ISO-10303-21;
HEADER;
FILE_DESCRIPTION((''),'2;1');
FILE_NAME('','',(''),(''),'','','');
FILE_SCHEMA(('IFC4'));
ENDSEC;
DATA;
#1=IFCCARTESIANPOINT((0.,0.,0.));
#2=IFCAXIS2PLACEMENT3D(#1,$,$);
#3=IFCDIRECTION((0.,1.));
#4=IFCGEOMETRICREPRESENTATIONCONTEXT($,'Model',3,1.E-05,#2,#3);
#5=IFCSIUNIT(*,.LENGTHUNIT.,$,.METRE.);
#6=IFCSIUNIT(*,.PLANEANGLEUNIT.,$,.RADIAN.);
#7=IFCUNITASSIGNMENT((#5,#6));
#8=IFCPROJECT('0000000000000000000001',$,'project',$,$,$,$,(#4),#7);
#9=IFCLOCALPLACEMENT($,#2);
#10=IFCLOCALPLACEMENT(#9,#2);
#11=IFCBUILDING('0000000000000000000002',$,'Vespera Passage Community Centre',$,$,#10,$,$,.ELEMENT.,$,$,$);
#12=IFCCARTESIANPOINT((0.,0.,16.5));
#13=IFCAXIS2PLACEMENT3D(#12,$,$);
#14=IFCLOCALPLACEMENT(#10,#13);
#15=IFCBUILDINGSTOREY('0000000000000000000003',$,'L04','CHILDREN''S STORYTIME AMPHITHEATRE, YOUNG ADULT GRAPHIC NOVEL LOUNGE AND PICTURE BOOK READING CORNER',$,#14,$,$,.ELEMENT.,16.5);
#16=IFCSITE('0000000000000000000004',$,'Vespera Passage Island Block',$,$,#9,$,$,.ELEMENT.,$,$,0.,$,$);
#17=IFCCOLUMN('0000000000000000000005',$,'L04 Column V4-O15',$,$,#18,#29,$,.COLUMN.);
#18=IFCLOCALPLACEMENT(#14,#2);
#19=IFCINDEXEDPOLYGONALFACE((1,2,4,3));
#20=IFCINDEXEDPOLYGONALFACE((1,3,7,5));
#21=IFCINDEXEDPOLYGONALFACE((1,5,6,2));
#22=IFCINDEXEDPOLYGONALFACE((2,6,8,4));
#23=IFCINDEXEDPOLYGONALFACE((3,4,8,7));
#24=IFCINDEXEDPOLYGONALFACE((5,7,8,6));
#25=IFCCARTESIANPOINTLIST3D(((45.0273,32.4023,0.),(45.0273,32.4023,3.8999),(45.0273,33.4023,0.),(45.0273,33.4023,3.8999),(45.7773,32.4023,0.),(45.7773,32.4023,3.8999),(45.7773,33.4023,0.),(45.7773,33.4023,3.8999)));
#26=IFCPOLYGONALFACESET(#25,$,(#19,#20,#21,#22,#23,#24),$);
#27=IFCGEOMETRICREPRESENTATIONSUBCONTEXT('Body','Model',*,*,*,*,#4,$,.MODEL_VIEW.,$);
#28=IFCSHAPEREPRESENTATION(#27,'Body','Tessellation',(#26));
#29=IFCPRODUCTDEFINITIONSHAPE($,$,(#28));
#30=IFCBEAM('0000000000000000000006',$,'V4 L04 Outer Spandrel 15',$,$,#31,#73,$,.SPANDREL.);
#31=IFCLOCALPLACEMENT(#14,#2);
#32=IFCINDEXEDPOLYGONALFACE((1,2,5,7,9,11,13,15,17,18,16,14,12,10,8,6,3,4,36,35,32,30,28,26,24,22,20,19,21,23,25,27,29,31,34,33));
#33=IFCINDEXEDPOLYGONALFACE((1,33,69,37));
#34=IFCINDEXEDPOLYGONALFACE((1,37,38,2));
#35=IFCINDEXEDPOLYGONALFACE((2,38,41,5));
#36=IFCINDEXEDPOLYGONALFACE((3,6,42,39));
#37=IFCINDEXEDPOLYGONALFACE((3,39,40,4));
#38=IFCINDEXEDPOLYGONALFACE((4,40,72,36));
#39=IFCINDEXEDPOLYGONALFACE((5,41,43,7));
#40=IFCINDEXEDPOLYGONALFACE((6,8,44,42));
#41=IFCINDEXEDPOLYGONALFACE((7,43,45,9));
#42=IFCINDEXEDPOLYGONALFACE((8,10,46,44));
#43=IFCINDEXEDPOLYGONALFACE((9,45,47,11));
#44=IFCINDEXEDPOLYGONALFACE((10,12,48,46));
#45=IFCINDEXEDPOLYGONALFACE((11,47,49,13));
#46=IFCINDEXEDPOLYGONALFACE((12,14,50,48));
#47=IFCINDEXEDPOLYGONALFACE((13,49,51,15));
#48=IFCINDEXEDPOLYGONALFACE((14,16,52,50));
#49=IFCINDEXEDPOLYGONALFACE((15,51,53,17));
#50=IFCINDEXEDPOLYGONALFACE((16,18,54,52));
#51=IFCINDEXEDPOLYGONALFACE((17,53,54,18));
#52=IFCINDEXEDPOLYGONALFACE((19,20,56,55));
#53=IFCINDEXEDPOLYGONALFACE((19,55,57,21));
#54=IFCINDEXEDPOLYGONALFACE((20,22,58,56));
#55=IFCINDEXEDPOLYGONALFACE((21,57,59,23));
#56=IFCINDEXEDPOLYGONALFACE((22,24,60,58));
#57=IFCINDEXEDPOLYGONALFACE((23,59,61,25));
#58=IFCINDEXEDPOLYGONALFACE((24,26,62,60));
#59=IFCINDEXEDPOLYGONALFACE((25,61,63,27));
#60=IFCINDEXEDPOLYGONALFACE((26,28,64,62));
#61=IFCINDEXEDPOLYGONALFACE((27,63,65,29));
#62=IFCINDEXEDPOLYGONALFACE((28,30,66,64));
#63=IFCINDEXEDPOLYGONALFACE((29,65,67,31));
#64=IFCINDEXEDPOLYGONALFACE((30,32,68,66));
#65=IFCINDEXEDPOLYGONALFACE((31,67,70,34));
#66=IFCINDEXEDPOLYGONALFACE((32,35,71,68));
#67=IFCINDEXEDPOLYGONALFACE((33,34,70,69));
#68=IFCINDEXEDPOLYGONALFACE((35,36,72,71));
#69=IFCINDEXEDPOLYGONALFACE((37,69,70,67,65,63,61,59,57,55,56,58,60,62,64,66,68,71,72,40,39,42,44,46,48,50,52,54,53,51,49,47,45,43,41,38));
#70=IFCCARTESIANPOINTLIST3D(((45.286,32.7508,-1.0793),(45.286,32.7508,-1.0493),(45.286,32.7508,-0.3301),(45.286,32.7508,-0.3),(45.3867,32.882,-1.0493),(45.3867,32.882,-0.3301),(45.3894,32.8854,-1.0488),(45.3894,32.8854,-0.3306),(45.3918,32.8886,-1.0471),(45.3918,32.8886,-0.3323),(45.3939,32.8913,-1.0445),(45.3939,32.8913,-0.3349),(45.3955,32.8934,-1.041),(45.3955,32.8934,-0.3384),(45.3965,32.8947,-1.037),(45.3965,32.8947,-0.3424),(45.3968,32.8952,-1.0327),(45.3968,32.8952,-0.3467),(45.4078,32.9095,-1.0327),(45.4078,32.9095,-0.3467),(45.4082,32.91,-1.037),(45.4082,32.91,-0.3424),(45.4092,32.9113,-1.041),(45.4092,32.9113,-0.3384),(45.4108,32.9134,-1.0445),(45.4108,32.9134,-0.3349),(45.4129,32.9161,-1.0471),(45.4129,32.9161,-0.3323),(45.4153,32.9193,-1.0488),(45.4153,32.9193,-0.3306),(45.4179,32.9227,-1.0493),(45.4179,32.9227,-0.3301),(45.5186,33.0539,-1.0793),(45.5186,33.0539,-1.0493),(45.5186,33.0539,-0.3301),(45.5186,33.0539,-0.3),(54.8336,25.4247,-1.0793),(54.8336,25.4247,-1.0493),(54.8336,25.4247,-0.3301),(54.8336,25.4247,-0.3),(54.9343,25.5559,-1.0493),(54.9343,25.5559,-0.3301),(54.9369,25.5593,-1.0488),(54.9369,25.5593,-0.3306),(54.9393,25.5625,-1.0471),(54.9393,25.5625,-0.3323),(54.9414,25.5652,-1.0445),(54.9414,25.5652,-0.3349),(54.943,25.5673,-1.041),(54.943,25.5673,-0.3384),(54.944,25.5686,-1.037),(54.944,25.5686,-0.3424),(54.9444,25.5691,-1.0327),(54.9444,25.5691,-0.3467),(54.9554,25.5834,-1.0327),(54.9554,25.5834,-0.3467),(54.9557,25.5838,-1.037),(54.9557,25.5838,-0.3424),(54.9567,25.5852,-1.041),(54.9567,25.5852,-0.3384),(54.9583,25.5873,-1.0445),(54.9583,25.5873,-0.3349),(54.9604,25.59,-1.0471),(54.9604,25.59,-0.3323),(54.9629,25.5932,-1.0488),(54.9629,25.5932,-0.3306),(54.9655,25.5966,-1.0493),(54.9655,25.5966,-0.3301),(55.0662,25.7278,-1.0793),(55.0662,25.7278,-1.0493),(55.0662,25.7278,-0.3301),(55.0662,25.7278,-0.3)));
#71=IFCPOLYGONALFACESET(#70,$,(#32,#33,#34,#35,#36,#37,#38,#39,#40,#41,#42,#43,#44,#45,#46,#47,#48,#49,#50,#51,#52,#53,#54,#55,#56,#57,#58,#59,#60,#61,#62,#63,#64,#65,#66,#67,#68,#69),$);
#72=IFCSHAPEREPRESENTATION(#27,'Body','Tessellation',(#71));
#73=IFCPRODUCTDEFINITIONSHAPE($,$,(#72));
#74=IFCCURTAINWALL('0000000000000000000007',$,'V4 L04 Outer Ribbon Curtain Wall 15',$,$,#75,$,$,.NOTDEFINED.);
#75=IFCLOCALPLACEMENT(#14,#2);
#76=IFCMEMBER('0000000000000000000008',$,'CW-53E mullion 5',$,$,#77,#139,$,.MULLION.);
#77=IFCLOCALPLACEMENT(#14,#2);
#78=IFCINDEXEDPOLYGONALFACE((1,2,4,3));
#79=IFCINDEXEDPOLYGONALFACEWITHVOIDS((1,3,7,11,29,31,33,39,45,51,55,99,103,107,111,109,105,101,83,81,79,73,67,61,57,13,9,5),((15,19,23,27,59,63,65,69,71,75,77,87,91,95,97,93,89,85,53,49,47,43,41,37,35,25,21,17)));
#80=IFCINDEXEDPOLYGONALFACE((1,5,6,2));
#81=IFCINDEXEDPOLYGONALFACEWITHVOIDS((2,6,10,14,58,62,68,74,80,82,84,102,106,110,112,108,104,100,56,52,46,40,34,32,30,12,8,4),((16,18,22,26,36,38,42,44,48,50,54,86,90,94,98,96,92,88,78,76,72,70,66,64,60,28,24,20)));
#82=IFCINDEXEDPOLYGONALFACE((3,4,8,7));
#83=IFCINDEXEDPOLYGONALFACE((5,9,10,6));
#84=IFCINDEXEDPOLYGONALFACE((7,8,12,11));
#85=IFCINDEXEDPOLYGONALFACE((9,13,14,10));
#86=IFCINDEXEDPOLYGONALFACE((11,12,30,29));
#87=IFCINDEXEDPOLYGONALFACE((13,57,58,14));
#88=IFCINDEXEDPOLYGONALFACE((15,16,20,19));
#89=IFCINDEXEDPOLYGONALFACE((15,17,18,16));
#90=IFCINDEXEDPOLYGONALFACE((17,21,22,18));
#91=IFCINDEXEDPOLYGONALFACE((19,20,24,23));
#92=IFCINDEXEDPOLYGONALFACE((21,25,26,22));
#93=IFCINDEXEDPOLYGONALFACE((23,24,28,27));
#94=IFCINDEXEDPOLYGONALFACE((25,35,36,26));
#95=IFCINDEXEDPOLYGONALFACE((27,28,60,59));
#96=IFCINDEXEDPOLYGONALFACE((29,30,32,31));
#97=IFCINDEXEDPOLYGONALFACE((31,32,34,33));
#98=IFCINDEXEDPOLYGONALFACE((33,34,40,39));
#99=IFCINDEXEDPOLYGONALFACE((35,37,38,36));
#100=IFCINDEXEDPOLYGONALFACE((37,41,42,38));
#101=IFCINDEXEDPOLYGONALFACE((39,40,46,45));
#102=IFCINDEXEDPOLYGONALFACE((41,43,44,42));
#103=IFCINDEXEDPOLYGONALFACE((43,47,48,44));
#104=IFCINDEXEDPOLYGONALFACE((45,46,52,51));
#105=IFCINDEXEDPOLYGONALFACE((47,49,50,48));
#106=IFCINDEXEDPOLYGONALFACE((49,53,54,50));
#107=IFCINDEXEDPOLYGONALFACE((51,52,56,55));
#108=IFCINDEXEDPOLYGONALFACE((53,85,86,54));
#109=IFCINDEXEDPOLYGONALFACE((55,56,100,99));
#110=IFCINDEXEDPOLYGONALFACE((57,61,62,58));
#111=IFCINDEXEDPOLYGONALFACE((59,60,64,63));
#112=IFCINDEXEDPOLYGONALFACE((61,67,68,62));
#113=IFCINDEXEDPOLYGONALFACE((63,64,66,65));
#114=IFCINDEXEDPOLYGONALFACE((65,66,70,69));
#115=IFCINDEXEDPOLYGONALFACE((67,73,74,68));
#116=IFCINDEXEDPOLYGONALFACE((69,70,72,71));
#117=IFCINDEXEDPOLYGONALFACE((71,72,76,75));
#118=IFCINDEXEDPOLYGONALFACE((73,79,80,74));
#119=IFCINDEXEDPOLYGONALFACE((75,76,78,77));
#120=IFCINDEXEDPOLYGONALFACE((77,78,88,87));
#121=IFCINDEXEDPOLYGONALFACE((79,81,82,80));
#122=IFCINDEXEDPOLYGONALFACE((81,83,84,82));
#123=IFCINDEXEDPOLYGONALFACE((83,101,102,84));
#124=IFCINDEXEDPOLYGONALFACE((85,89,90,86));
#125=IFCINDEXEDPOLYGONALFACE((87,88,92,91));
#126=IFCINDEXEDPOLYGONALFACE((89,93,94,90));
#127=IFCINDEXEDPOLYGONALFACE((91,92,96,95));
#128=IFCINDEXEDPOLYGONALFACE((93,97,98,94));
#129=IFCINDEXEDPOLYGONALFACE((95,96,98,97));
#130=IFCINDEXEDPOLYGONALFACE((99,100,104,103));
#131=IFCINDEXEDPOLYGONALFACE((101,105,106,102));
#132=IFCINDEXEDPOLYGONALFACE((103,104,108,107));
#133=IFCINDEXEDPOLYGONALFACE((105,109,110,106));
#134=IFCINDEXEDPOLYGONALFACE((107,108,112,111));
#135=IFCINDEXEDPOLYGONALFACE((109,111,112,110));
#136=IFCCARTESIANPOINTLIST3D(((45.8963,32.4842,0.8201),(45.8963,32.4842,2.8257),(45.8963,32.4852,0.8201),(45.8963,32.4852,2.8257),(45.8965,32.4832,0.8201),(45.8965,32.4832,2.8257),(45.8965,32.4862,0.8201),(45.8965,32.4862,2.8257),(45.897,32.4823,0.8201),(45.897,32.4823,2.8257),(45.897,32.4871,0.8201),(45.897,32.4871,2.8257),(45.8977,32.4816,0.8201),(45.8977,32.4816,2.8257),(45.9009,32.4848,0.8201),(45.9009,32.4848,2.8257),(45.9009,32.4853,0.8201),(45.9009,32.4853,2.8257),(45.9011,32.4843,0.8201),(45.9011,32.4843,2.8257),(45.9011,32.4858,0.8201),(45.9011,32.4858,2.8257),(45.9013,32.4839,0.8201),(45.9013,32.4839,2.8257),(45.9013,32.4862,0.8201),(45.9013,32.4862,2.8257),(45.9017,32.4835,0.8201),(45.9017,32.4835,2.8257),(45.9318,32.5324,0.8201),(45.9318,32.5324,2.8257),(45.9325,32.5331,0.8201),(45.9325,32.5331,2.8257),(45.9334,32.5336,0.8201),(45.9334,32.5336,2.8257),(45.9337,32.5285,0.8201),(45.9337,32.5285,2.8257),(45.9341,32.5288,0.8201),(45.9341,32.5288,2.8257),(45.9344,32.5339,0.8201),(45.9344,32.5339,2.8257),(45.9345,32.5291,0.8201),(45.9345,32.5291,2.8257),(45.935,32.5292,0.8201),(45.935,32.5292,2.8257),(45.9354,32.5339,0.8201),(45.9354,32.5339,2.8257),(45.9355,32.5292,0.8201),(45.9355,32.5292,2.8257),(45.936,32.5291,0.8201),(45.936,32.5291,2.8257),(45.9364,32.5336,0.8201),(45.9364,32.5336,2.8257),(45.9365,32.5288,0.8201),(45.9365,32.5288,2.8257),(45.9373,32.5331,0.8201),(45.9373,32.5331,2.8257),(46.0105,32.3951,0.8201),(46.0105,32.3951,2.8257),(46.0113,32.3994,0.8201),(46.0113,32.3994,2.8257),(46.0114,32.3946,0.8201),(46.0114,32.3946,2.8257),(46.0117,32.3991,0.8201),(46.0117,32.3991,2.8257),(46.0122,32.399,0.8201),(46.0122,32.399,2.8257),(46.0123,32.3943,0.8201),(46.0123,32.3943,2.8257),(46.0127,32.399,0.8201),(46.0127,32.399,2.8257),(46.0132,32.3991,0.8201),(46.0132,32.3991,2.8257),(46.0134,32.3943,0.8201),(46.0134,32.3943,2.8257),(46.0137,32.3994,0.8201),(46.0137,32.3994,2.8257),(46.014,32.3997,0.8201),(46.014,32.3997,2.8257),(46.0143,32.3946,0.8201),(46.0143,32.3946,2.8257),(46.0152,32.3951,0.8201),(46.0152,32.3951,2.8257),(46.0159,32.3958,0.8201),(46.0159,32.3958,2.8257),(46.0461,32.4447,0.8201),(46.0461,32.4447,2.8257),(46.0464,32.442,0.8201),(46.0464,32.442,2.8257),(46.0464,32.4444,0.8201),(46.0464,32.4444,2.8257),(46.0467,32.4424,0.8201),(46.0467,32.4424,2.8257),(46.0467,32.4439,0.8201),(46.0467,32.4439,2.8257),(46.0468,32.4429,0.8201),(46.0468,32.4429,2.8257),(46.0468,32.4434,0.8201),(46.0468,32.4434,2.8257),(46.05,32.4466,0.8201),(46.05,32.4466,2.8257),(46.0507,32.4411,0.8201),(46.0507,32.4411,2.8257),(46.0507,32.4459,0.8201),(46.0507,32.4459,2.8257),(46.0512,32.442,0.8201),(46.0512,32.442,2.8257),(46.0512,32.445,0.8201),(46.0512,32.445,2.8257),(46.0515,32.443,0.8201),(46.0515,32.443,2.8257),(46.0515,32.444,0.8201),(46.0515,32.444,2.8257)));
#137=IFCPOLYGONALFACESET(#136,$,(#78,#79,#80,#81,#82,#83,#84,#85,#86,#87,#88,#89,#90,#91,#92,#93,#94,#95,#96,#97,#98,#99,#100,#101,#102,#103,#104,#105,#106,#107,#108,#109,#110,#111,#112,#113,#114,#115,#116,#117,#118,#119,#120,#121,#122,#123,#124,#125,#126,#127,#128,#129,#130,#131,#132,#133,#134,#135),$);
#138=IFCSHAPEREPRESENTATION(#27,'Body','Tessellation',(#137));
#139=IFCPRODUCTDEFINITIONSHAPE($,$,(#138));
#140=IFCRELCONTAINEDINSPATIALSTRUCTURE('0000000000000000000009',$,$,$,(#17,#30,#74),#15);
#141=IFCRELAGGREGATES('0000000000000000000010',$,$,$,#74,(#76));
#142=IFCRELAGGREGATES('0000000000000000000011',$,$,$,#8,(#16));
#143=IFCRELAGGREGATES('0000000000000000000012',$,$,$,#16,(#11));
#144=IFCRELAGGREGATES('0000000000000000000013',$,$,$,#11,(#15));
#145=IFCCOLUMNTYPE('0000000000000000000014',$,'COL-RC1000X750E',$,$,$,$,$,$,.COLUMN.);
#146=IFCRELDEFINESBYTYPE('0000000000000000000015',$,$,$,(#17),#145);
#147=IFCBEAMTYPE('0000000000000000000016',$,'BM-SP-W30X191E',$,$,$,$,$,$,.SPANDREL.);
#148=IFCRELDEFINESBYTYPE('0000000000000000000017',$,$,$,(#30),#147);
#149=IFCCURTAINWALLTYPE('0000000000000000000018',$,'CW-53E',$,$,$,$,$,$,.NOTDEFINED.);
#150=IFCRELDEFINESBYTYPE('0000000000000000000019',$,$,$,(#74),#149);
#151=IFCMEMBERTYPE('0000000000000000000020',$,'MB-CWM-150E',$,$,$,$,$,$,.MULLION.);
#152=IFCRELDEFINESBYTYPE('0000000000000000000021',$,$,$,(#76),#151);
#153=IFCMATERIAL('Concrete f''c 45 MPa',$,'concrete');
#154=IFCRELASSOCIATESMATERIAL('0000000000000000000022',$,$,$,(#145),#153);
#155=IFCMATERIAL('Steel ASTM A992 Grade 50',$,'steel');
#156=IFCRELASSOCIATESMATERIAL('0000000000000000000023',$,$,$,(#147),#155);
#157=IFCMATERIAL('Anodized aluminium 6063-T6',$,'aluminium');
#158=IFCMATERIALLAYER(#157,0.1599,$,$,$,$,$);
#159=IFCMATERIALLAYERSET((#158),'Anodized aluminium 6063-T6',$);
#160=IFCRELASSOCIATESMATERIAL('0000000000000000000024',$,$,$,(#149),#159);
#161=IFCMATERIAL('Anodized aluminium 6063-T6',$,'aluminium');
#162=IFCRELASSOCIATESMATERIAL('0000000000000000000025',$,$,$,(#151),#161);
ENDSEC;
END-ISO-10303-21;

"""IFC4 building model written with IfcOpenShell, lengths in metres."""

from ifc_helpers import new_model, si_unit, direction, frame, origin, origin_2d, place, context, subcontext, project, spatial, rectangle, hollow_rectangle, i_section, extrude, material, layer, layer_set, material_profile, profile_set, type_object, element, aggregate, save


model = new_model("IFC4")

# Units and contexts
model_context = context("Model", 3, precision=1e-05, world=origin(), true_north=direction((0.0, 1.0)))
body_context = subcontext(model_context, "Body", "Model", "MODEL_VIEW")
ifc_project = project(units=[si_unit("LENGTHUNIT", "METRE"), si_unit("PLANEANGLEUNIT", "RADIAN")], contexts=[model_context])

# Site, building, storey
site_placement = place(None, origin())
site = spatial("IfcSite", under=ifc_project, at=site_placement, Name="Vespera Passage Island Block", CompositionType="ELEMENT", RefElevation=0.0)
building_placement = place(site_placement, origin())
building = spatial("IfcBuilding", under=site, at=building_placement, Name="Vespera Passage Community Centre", CompositionType="ELEMENT")
storey_placement = place(building_placement, frame((0.0, 0.0, 16.5)))
storey = spatial("IfcBuildingStorey", under=building, at=storey_placement, Name="L04", Description="CHILDREN'S STORYTIME AMPHITHEATRE, YOUNG ADULT GRAPHIC NOVEL LOUNGE AND PICTURE BOOK READING CORNER", CompositionType="ELEMENT", Elevation=16.5)

# Column
ifc_material_1 = material(Name="Concrete f'c 45 MPa", Category="concrete")
ifc_material_profile_1 = material_profile(ifc_material_1, rectangle(XDim=0.75, YDim=1.0, at=origin_2d()), Name="RC1000X750")
ifc_profile_set_1 = profile_set([ifc_material_profile_1], Name="Concrete f'c 45 MPa")
column_type = type_object("IfcColumnType", Name="COL-RC1000X750E", PredefinedType="COLUMN", material=ifc_profile_set_1)
column_placement = place(storey_placement, frame((45.4023, 32.9023, 0.0), z_axis=(0.0, 0.0, 1.0), x_axis=(1.0, 0.0, 0.0)))
element("IfcColumn", 1, at=column_placement, inside=storey, type_object=column_type, Name="L04 Column V4-O15", PredefinedType="COLUMN", context=body_context, shape_type="SweptSolid", body=[
    extrude(rectangle(XDim=0.75, YDim=1.0, at=origin_2d()), origin(), (0.0, 0.0, 1.0), 3.8999),
])

# Beam
ifc_material_2 = material(Name="Steel ASTM A992 Grade 50", Category="steel")
ifc_material_profile_2 = material_profile(ifc_material_2, i_section(OverallWidth=0.3821, OverallDepth=0.7793, WebThickness=0.0181, FlangeThickness=0.03, FilletRadius=0.0166, at=origin_2d()), Name="W30X191")
ifc_profile_set_2 = profile_set([ifc_material_profile_2], Name="Steel ASTM A992 Grade 50")
beam_type = type_object("IfcBeamType", Name="BM-SP-W30X191E", PredefinedType="SPANDREL", material=ifc_profile_set_2)
beam_placement = place(storey_placement, frame((45.4023, 32.9023, -0.6897), z_axis=(0.793352, -0.608763, 0.0), x_axis=(0.608763, 0.793352, 0.0)))
element("IfcBeam", 2, at=beam_placement, inside=storey, type_object=beam_type, Name="V4 L04 Outer Spandrel 15", PredefinedType="SPANDREL", context=body_context, shape_type="SweptSolid", body=[
    extrude(i_section(OverallWidth=0.3821, OverallDepth=0.7793, WebThickness=0.0181, FlangeThickness=0.03, FilletRadius=0.0166, at=origin_2d()), origin(), (0.0, 0.0, 1.0), 12.0344),
])

# Curtain wall, member
ifc_material_3 = material(Name="Anodized aluminium 6063-T6", Category="aluminium")
ifc_layer_1 = layer(ifc_material_3, 0.1599)
ifc_layer_set_1 = layer_set([ifc_layer_1], Name="Anodized aluminium 6063-T6")
curtain_wall_type_1 = type_object("IfcCurtainWallType", Name="CW-53E", PredefinedType="NOTDEFINED", material=ifc_layer_set_1)
curtain_wall_1_placement = place(storey_placement, origin())
curtain_wall_1 = element("IfcCurtainWall", 3, at=curtain_wall_1_placement, inside=storey, type_object=curtain_wall_type_1, Name="V4 L04 Outer Ribbon Curtain Wall 15", PredefinedType="NOTDEFINED")
ifc_material_4 = material(Name="Anodized aluminium 6063-T6", Category="aluminium")
ifc_material_profile_3 = material_profile(ifc_material_4, hollow_rectangle(XDim=0.0649, YDim=0.1499, WallThickness=0.0039, InnerFilletRadius=0.002, OuterFilletRadius=0.0039, at=origin_2d()), Name="ALU150X65X4")
ifc_profile_set_3 = profile_set([ifc_material_profile_3], Name="Anodized aluminium 6063-T6")
member_type_1 = type_object("IfcMemberType", Name="MB-CWM-150E", PredefinedType="MULLION", material=ifc_profile_set_3)
member_1_placement = place(storey_placement, frame((45.9739, 32.4641, 0.8201), z_axis=(0.0, 0.0, 1.0), x_axis=(-0.608772, -0.793345, 0.0)))
member_1 = element("IfcMember", 4, at=member_1_placement, type_object=member_type_1, Name="CW-53E mullion 5", PredefinedType="MULLION", context=body_context, shape_type="SweptSolid", body=[
    extrude(hollow_rectangle(XDim=0.0649, YDim=0.1499, WallThickness=0.0039, InnerFilletRadius=0.002, OuterFilletRadius=0.0039, at=origin_2d()), origin(), (0.0, 0.0, 1.0), 2.0056),
])

aggregate(curtain_wall_1, [member_1])

save(model, "model.ifc")
